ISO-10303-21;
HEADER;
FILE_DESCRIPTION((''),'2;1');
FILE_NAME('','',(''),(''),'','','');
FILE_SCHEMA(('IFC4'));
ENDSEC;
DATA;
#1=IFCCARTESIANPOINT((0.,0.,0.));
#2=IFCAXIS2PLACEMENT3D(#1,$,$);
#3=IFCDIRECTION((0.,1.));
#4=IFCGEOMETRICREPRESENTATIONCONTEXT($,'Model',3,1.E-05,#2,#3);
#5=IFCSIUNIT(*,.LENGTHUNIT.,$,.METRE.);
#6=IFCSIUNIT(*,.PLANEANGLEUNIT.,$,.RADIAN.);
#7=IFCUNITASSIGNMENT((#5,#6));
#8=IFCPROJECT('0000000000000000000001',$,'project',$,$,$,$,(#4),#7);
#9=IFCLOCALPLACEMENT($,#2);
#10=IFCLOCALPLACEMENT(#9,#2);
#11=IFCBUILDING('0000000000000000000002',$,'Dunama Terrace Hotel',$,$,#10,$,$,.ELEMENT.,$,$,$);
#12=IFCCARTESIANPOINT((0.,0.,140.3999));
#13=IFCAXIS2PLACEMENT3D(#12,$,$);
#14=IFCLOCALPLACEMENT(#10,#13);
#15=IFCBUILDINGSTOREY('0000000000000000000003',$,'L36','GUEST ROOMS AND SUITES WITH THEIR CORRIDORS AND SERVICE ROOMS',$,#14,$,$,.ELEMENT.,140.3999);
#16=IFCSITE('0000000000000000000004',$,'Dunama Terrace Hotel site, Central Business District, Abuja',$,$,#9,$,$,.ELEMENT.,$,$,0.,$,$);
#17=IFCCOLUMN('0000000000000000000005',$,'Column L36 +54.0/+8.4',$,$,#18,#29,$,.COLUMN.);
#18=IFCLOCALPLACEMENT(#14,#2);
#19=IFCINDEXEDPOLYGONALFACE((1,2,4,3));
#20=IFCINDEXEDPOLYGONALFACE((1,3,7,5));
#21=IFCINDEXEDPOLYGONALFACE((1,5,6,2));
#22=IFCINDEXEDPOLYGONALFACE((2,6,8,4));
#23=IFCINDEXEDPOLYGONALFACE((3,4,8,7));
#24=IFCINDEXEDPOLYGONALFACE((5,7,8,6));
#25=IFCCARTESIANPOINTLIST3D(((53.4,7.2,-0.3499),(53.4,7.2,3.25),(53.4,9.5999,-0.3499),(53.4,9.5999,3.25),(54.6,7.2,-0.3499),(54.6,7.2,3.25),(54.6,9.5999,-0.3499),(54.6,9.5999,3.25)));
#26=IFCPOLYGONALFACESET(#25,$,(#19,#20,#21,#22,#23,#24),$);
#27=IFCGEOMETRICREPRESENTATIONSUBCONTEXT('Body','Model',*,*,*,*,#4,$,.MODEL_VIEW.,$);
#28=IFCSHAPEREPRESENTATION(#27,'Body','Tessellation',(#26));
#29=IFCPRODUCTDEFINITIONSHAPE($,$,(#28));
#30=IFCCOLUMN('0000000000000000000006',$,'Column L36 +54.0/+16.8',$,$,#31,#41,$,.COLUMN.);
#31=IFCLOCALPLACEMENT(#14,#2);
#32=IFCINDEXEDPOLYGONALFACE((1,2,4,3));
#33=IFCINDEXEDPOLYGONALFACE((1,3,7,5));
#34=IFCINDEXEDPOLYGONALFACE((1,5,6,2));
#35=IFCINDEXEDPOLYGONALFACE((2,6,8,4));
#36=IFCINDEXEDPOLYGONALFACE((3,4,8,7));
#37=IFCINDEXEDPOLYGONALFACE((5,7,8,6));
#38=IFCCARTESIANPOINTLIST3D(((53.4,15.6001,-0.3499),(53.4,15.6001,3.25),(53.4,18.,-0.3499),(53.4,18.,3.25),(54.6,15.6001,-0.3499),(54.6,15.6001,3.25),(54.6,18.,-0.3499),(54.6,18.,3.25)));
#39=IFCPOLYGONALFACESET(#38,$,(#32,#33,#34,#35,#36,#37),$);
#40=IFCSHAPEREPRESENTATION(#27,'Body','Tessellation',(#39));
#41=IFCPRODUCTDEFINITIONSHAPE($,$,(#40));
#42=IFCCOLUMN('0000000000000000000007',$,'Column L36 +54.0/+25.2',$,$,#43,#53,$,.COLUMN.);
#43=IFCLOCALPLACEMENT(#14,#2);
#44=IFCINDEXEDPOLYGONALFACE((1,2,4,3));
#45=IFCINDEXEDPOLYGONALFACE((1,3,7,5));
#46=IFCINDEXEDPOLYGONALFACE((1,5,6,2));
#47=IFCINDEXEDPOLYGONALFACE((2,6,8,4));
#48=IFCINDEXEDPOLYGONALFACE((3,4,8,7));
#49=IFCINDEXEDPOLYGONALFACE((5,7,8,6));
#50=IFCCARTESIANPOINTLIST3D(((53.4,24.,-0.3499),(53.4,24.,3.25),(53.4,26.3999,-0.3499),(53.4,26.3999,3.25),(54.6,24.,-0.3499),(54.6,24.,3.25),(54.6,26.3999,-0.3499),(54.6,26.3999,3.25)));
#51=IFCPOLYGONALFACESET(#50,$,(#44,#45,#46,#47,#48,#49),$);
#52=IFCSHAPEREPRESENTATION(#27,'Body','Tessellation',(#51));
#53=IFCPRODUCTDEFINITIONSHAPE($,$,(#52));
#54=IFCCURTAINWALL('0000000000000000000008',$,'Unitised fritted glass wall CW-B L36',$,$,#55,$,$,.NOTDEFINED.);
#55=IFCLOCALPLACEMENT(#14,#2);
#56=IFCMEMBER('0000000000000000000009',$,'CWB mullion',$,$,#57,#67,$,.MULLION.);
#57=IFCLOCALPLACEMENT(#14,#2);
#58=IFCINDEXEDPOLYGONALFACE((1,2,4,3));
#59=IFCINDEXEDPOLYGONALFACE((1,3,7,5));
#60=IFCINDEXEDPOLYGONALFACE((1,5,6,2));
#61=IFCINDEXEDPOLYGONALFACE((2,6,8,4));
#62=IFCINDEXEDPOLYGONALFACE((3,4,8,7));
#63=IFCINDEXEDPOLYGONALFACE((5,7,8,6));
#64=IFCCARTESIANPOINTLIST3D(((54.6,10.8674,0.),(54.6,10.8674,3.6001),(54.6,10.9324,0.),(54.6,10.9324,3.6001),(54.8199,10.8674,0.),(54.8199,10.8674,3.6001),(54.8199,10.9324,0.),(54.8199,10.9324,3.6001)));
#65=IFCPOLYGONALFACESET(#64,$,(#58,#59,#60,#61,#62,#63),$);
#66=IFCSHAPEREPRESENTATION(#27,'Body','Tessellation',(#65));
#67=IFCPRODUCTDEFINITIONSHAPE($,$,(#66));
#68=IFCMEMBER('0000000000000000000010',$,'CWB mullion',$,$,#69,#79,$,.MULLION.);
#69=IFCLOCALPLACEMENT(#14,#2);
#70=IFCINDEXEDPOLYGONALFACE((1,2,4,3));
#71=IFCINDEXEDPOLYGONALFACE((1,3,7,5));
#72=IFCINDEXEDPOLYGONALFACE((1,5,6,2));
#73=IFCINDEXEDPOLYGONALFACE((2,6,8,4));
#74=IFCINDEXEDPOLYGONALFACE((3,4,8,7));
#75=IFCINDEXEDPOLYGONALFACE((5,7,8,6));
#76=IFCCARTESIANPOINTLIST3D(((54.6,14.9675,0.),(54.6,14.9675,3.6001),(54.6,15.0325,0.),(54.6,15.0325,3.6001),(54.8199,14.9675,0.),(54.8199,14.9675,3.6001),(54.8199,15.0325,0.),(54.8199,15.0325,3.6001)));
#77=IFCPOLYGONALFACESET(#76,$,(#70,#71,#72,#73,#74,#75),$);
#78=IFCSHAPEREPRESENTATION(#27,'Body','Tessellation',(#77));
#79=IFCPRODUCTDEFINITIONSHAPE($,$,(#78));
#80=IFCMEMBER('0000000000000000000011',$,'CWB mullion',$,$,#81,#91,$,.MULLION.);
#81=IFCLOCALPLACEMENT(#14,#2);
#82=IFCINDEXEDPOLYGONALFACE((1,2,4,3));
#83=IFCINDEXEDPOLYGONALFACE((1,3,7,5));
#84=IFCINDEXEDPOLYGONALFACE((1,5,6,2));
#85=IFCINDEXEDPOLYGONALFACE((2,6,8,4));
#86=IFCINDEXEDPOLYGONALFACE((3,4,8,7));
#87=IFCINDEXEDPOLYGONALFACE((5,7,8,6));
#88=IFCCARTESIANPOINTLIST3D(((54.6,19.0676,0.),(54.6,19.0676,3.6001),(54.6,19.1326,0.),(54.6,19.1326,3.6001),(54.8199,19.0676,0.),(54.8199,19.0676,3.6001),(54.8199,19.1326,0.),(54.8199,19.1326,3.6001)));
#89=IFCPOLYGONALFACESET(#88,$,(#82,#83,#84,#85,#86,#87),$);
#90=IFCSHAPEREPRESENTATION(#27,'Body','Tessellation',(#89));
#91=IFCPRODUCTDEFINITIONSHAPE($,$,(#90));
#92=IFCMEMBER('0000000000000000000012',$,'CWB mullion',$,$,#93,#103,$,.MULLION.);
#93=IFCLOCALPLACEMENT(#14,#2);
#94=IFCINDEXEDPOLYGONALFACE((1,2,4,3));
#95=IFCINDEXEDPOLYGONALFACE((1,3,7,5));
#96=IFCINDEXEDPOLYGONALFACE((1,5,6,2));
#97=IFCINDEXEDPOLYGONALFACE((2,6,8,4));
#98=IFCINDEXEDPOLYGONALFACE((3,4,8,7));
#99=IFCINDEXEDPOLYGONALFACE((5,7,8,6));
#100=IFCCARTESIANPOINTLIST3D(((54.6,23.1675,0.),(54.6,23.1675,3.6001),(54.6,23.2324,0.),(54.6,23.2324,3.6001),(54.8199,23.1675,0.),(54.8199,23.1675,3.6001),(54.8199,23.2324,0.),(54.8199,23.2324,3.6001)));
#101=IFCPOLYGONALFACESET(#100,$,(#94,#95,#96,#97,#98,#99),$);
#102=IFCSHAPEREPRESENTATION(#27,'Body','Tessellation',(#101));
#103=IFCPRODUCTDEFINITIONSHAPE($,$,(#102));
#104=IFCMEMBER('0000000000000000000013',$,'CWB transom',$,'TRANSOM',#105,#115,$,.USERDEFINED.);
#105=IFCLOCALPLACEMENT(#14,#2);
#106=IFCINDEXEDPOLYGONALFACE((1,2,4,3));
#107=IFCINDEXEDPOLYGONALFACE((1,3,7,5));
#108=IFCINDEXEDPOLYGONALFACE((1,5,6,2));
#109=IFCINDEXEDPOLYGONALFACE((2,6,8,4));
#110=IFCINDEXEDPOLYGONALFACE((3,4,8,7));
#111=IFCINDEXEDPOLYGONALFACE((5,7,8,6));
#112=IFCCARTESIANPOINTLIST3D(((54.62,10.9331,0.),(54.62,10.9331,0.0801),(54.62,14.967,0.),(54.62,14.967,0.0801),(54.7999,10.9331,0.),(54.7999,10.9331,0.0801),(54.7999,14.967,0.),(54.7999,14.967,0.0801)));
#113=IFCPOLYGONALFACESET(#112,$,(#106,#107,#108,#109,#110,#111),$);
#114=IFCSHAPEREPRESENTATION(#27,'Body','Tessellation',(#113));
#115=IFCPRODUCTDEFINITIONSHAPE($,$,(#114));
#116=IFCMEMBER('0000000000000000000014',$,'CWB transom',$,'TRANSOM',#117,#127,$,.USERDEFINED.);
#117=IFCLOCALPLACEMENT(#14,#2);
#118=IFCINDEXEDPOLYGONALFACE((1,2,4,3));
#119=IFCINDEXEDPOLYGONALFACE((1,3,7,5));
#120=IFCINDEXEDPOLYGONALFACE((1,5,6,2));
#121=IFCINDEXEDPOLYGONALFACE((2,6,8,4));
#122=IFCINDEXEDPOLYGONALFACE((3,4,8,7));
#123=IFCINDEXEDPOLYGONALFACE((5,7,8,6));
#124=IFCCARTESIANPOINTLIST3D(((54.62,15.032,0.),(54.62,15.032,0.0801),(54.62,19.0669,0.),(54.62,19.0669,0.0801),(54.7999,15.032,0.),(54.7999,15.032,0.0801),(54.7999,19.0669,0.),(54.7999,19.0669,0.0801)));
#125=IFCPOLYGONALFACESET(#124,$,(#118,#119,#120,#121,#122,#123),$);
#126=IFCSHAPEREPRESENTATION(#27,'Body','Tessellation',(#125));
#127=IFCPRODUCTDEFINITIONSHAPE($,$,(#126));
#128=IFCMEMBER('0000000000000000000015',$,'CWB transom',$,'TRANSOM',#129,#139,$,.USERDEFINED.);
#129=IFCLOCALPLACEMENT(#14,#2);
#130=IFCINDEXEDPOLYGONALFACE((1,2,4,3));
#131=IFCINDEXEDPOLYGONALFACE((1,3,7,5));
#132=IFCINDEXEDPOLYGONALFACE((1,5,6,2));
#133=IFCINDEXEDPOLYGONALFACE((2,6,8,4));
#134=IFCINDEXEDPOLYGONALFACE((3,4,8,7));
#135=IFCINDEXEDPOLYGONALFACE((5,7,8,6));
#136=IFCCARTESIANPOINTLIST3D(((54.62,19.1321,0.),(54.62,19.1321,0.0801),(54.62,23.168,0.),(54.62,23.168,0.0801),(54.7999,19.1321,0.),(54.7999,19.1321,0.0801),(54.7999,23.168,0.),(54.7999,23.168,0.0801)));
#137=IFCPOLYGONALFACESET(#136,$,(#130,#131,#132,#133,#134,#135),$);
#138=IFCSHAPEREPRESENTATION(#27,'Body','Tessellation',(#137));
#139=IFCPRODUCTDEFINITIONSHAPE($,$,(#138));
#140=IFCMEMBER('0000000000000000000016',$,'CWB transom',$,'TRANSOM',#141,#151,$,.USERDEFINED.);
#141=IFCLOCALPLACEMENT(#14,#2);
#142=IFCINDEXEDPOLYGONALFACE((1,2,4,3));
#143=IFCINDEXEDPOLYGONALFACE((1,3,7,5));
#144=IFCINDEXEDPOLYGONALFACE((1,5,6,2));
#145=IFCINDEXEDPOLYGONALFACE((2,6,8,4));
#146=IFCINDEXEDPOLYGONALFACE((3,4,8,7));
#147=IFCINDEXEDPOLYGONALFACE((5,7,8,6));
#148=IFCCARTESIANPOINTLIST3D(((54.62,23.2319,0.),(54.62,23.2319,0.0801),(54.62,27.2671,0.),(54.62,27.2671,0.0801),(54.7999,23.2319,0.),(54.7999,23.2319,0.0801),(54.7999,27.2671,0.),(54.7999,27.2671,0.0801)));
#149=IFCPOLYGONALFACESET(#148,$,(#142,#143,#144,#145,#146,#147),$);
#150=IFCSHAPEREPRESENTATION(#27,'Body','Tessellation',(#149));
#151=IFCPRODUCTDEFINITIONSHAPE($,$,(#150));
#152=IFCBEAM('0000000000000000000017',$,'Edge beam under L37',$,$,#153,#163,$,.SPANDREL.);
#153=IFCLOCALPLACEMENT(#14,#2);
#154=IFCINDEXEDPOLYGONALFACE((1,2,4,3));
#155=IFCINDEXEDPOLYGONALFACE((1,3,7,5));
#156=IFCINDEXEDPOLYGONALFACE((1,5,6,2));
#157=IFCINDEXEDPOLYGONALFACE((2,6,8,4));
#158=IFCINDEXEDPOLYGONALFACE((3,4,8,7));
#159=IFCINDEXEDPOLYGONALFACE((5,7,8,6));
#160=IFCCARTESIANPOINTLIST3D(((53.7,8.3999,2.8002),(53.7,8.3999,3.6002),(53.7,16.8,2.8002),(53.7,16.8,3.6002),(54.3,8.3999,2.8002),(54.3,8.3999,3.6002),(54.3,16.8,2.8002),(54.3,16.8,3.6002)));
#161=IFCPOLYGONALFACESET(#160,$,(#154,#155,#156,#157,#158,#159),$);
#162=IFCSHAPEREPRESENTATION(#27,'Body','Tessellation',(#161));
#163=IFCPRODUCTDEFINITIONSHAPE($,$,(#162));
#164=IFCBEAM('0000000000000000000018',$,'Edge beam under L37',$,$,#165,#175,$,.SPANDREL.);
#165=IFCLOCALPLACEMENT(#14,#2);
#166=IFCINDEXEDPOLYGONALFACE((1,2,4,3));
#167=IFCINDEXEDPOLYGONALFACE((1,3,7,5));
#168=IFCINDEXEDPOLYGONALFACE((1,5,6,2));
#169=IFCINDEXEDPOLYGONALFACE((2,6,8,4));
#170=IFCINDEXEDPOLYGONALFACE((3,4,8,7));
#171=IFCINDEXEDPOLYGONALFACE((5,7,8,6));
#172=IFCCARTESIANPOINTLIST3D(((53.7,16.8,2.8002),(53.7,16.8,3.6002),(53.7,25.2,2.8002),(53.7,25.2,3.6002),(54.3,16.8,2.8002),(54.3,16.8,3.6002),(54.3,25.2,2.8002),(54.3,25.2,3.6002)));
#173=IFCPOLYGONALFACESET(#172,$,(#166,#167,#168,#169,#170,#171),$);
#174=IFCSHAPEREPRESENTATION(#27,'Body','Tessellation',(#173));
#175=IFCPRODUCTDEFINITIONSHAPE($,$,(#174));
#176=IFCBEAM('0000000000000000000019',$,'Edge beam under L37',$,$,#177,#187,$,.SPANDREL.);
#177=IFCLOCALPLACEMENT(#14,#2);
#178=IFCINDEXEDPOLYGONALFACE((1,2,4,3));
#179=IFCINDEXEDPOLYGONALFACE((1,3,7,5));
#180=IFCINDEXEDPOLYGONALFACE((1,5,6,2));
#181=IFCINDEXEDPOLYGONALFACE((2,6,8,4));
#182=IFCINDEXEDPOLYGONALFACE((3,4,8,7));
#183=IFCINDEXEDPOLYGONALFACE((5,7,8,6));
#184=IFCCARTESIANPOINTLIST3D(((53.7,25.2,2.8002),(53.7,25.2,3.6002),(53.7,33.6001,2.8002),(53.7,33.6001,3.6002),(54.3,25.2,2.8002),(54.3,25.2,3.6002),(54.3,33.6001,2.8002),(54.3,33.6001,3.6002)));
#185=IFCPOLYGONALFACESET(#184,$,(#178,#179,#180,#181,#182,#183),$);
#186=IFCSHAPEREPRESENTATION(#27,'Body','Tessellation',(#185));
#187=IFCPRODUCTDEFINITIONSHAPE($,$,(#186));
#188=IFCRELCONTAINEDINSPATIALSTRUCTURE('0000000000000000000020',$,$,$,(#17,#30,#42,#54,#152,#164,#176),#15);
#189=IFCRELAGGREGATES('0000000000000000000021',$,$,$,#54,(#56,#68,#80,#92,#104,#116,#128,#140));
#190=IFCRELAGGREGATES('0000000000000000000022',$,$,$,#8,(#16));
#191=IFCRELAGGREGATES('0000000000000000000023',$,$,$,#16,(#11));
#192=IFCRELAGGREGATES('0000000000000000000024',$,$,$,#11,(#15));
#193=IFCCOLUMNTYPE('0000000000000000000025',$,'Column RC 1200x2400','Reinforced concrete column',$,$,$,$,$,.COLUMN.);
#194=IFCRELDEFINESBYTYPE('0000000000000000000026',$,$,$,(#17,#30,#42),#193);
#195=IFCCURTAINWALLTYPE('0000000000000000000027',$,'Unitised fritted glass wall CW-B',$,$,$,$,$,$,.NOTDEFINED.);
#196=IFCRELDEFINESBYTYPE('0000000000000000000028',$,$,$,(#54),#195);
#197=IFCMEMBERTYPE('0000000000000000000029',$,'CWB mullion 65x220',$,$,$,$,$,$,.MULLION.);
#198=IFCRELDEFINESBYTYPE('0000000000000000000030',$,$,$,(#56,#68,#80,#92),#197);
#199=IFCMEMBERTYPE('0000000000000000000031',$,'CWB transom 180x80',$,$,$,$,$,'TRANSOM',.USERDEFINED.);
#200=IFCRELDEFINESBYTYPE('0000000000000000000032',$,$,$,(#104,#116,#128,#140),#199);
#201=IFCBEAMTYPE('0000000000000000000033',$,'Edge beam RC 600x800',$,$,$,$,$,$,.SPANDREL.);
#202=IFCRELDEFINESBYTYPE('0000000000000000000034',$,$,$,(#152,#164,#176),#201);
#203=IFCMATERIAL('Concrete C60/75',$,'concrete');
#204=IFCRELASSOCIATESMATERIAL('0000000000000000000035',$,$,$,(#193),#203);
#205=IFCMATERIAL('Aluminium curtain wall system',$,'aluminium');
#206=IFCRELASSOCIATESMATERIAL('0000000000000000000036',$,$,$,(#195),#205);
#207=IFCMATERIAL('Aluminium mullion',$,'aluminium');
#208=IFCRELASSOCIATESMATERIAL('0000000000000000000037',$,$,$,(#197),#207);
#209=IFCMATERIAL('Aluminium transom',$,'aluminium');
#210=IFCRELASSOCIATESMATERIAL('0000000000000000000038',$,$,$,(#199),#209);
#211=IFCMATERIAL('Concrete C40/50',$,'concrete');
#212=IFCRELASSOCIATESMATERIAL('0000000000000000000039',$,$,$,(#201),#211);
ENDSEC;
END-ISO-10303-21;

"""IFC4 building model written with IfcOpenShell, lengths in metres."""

from ifc_helpers import new_model, si_unit, direction, frame, origin, origin_2d, place, context, subcontext, project, spatial, rectangle, extrude, material, material_profile, profile_set, type_object, element, aggregate, save


model = new_model("IFC4")

# Units and contexts
model_context = context("Model", 3, precision=1e-05, world=origin(), true_north=direction((0.0, 1.0)))
body_context = subcontext(model_context, "Body", "Model", "MODEL_VIEW")
ifc_project = project(units=[si_unit("LENGTHUNIT", "METRE"), si_unit("PLANEANGLEUNIT", "RADIAN")], contexts=[model_context])

# Site, building, storey
site_placement = place(None, origin())
site = spatial("IfcSite", under=ifc_project, at=site_placement, Name="Dunama Terrace Hotel site, Central Business District, Abuja", CompositionType="ELEMENT", RefElevation=0.0)
building_placement = place(site_placement, origin())
building = spatial("IfcBuilding", under=site, at=building_placement, Name="Dunama Terrace Hotel", CompositionType="ELEMENT")
storey_placement = place(building_placement, frame((0.0, 0.0, 140.3999)))
storey = spatial("IfcBuildingStorey", under=building, at=storey_placement, Name="L36", Description="GUEST ROOMS AND SUITES WITH THEIR CORRIDORS AND SERVICE ROOMS", CompositionType="ELEMENT", Elevation=140.3999)

# Columns
ifc_material_1 = material(Name="Concrete C60/75", Category="concrete")
ifc_material_profile_1 = material_profile(ifc_material_1, rectangle(XDim=1.2, YDim=2.3999, at=origin_2d()), Name="RC 1200x2400")
ifc_profile_set_1 = profile_set([ifc_material_profile_1], Name="Concrete C60/75")
column_type = type_object("IfcColumnType", Name="Column RC 1200x2400", Description="Reinforced concrete column", PredefinedType="COLUMN", material=ifc_profile_set_1)
for number, where, z_axis, x_axis, name in (
    (1, (54.0, 8.3999, -0.3499), (0.0, 0.0, 1.0), (1.0, 0.0, 0.0), "Column L36 +54.0/+8.4"),
    (2, (54.0, 16.8, -0.3499), (0.0, 0.0, 1.0), (1.0, 0.0, 0.0), "Column L36 +54.0/+16.8"),
    (3, (54.0, 25.2, -0.3499), (0.0, 0.0, 1.0), (1.0, 0.0, 0.0), "Column L36 +54.0/+25.2"),
):
    element("IfcColumn", number, at=place(storey_placement, frame(where, z_axis=z_axis, x_axis=x_axis)), inside=storey, type_object=column_type, Name=name, PredefinedType="COLUMN", context=body_context, shape_type="SweptSolid", body=[
        extrude(rectangle(XDim=1.2, YDim=2.3999, at=origin_2d()), origin(), (0.0, 0.0, 1.0), 3.5999),
    ])

# Curtain wall, members
ifc_material_2 = material(Name="Aluminium curtain wall system", Category="aluminium")
curtain_wall_type = type_object("IfcCurtainWallType", Name="Unitised fritted glass wall CW-B", PredefinedType="NOTDEFINED", material=ifc_material_2)
curtain_wall_placement = place(storey_placement, origin())
curtain_wall = element("IfcCurtainWall", 4, at=curtain_wall_placement, inside=storey, type_object=curtain_wall_type, Name="Unitised fritted glass wall CW-B L36", PredefinedType="NOTDEFINED")
ifc_material_3 = material(Name="Aluminium mullion", Category="aluminium")
ifc_material_profile_2 = material_profile(ifc_material_3, rectangle(XDim=0.0649, YDim=0.22, at=origin_2d()), Name="CWB MULLION 65X220")
ifc_profile_set_2 = profile_set([ifc_material_profile_2], Name="Aluminium mullion")
member_type_1 = type_object("IfcMemberType", Name="CWB mullion 65x220", PredefinedType="MULLION", material=ifc_profile_set_2)
member_1_placement = place(storey_placement, frame((54.71, 10.8999, 0.0), z_axis=(0.0, 0.0, 1.0), x_axis=(0.0, 1.0, 0.0)))
member_1 = element("IfcMember", 5, at=member_1_placement, type_object=member_type_1, Name="CWB mullion", PredefinedType="MULLION", context=body_context, shape_type="SweptSolid", body=[
    extrude(rectangle(XDim=0.0649, YDim=0.22, at=origin_2d()), origin(), (0.0, 0.0, 1.0), 3.6001),
])
member_2_placement = place(storey_placement, frame((54.71, 15.0, 0.0), z_axis=(0.0, 0.0, 1.0), x_axis=(0.0, 1.0, 0.0)))
member_2 = element("IfcMember", 6, at=member_2_placement, type_object=member_type_1, Name="CWB mullion", PredefinedType="MULLION", context=body_context, shape_type="SweptSolid", body=[
    extrude(rectangle(XDim=0.0649, YDim=0.22, at=origin_2d()), origin(), (0.0, 0.0, 1.0), 3.6001),
])
member_3_placement = place(storey_placement, frame((54.71, 19.1001, 0.0), z_axis=(0.0, 0.0, 1.0), x_axis=(0.0, 1.0, 0.0)))
member_3 = element("IfcMember", 7, at=member_3_placement, type_object=member_type_1, Name="CWB mullion", PredefinedType="MULLION", context=body_context, shape_type="SweptSolid", body=[
    extrude(rectangle(XDim=0.0649, YDim=0.22, at=origin_2d()), origin(), (0.0, 0.0, 1.0), 3.6001),
])
member_4_placement = place(storey_placement, frame((54.71, 23.2, 0.0), z_axis=(0.0, 0.0, 1.0), x_axis=(0.0, 1.0, 0.0)))
member_4 = element("IfcMember", 8, at=member_4_placement, type_object=member_type_1, Name="CWB mullion", PredefinedType="MULLION", context=body_context, shape_type="SweptSolid", body=[
    extrude(rectangle(XDim=0.0649, YDim=0.22, at=origin_2d()), origin(), (0.0, 0.0, 1.0), 3.6001),
])
ifc_material_4 = material(Name="Aluminium transom", Category="aluminium")
ifc_material_profile_3 = material_profile(ifc_material_4, rectangle(XDim=0.1799, YDim=0.0801, at=origin_2d()), Name="CWB TRANSOM 180X80")
ifc_profile_set_3 = profile_set([ifc_material_profile_3], Name="Aluminium transom")
member_type_2 = type_object("IfcMemberType", Name="CWB transom 180x80", ElementType="TRANSOM", PredefinedType="USERDEFINED", material=ifc_profile_set_3)
member_5_placement = place(storey_placement, frame((54.71, 10.9331, 0.04), z_axis=(0.0, 1.0, 0.0), x_axis=(-1.0, 0.0, 0.0)))
member_5 = element("IfcMember", 9, at=member_5_placement, type_object=member_type_2, Name="CWB transom", ObjectType="TRANSOM", PredefinedType="USERDEFINED", context=body_context, shape_type="SweptSolid", body=[
    extrude(rectangle(XDim=0.1799, YDim=0.0801, at=origin_2d()), origin(), (0.0, 0.0, 1.0), 4.0339),
])
member_6_placement = place(storey_placement, frame((54.71, 15.032, 0.04), z_axis=(0.0, 1.0, 0.0), x_axis=(-1.0, 0.0, 0.0)))
member_6 = element("IfcMember", 10, at=member_6_placement, type_object=member_type_2, Name="CWB transom", ObjectType="TRANSOM", PredefinedType="USERDEFINED", context=body_context, shape_type="SweptSolid", body=[
    extrude(rectangle(XDim=0.1799, YDim=0.0801, at=origin_2d()), origin(), (0.0, 0.0, 1.0), 4.0349),
])
member_7_placement = place(storey_placement, frame((54.71, 19.1321, 0.04), z_axis=(0.0, 1.0, 0.0), x_axis=(-1.0, 0.0, 0.0)))
member_7 = element("IfcMember", 11, at=member_7_placement, type_object=member_type_2, Name="CWB transom", ObjectType="TRANSOM", PredefinedType="USERDEFINED", context=body_context, shape_type="SweptSolid", body=[
    extrude(rectangle(XDim=0.1799, YDim=0.0801, at=origin_2d()), origin(), (0.0, 0.0, 1.0), 4.0359),
])
member_8_placement = place(storey_placement, frame((54.71, 23.2319, 0.04), z_axis=(0.0, 1.0, 0.0), x_axis=(-1.0, 0.0, 0.0)))
member_8 = element("IfcMember", 12, at=member_8_placement, type_object=member_type_2, Name="CWB transom", ObjectType="TRANSOM", PredefinedType="USERDEFINED", context=body_context, shape_type="SweptSolid", body=[
    extrude(rectangle(XDim=0.1799, YDim=0.0801, at=origin_2d()), origin(), (0.0, 0.0, 1.0), 4.0352),
])

# Beams
ifc_material_5 = material(Name="Concrete C40/50", Category="concrete")
ifc_material_profile_4 = material_profile(ifc_material_5, rectangle(XDim=0.6001, YDim=0.8, at=origin_2d()), Name="RC 600x800")
ifc_profile_set_4 = profile_set([ifc_material_profile_4], Name="Concrete C40/50")
beam_type = type_object("IfcBeamType", Name="Edge beam RC 600x800", PredefinedType="SPANDREL", material=ifc_profile_set_4)
beam_1_placement = place(storey_placement, frame((54.0, 8.3999, 3.2002), z_axis=(0.0, 1.0, 0.0), x_axis=(-1.0, 0.0, 0.0)))
element("IfcBeam", 13, at=beam_1_placement, inside=storey, type_object=beam_type, Name="Edge beam under L37", PredefinedType="SPANDREL", context=body_context, shape_type="SweptSolid", body=[
    extrude(rectangle(XDim=0.6001, YDim=0.8, at=origin_2d()), origin(), (0.0, 0.0, 1.0), 8.4001),
])
beam_2_placement = place(storey_placement, frame((54.0, 16.8, 3.2002), z_axis=(0.0, 1.0, 0.0), x_axis=(-1.0, 0.0, 0.0)))
element("IfcBeam", 14, at=beam_2_placement, inside=storey, type_object=beam_type, Name="Edge beam under L37", PredefinedType="SPANDREL", context=body_context, shape_type="SweptSolid", body=[
    extrude(rectangle(XDim=0.6001, YDim=0.8, at=origin_2d()), origin(), (0.0, 0.0, 1.0), 8.3999),
])
beam_3_placement = place(storey_placement, frame((54.0, 25.2, 3.2002), z_axis=(0.0, 1.0, 0.0), x_axis=(-1.0, 0.0, 0.0)))
element("IfcBeam", 15, at=beam_3_placement, inside=storey, type_object=beam_type, Name="Edge beam under L37", PredefinedType="SPANDREL", context=body_context, shape_type="SweptSolid", body=[
    extrude(rectangle(XDim=0.6001, YDim=0.8, at=origin_2d()), origin(), (0.0, 0.0, 1.0), 8.4001),
])

aggregate(curtain_wall, [member_1, member_2, member_3, member_4, member_5, member_6, member_7, member_8])

save(model, "model.ifc")
